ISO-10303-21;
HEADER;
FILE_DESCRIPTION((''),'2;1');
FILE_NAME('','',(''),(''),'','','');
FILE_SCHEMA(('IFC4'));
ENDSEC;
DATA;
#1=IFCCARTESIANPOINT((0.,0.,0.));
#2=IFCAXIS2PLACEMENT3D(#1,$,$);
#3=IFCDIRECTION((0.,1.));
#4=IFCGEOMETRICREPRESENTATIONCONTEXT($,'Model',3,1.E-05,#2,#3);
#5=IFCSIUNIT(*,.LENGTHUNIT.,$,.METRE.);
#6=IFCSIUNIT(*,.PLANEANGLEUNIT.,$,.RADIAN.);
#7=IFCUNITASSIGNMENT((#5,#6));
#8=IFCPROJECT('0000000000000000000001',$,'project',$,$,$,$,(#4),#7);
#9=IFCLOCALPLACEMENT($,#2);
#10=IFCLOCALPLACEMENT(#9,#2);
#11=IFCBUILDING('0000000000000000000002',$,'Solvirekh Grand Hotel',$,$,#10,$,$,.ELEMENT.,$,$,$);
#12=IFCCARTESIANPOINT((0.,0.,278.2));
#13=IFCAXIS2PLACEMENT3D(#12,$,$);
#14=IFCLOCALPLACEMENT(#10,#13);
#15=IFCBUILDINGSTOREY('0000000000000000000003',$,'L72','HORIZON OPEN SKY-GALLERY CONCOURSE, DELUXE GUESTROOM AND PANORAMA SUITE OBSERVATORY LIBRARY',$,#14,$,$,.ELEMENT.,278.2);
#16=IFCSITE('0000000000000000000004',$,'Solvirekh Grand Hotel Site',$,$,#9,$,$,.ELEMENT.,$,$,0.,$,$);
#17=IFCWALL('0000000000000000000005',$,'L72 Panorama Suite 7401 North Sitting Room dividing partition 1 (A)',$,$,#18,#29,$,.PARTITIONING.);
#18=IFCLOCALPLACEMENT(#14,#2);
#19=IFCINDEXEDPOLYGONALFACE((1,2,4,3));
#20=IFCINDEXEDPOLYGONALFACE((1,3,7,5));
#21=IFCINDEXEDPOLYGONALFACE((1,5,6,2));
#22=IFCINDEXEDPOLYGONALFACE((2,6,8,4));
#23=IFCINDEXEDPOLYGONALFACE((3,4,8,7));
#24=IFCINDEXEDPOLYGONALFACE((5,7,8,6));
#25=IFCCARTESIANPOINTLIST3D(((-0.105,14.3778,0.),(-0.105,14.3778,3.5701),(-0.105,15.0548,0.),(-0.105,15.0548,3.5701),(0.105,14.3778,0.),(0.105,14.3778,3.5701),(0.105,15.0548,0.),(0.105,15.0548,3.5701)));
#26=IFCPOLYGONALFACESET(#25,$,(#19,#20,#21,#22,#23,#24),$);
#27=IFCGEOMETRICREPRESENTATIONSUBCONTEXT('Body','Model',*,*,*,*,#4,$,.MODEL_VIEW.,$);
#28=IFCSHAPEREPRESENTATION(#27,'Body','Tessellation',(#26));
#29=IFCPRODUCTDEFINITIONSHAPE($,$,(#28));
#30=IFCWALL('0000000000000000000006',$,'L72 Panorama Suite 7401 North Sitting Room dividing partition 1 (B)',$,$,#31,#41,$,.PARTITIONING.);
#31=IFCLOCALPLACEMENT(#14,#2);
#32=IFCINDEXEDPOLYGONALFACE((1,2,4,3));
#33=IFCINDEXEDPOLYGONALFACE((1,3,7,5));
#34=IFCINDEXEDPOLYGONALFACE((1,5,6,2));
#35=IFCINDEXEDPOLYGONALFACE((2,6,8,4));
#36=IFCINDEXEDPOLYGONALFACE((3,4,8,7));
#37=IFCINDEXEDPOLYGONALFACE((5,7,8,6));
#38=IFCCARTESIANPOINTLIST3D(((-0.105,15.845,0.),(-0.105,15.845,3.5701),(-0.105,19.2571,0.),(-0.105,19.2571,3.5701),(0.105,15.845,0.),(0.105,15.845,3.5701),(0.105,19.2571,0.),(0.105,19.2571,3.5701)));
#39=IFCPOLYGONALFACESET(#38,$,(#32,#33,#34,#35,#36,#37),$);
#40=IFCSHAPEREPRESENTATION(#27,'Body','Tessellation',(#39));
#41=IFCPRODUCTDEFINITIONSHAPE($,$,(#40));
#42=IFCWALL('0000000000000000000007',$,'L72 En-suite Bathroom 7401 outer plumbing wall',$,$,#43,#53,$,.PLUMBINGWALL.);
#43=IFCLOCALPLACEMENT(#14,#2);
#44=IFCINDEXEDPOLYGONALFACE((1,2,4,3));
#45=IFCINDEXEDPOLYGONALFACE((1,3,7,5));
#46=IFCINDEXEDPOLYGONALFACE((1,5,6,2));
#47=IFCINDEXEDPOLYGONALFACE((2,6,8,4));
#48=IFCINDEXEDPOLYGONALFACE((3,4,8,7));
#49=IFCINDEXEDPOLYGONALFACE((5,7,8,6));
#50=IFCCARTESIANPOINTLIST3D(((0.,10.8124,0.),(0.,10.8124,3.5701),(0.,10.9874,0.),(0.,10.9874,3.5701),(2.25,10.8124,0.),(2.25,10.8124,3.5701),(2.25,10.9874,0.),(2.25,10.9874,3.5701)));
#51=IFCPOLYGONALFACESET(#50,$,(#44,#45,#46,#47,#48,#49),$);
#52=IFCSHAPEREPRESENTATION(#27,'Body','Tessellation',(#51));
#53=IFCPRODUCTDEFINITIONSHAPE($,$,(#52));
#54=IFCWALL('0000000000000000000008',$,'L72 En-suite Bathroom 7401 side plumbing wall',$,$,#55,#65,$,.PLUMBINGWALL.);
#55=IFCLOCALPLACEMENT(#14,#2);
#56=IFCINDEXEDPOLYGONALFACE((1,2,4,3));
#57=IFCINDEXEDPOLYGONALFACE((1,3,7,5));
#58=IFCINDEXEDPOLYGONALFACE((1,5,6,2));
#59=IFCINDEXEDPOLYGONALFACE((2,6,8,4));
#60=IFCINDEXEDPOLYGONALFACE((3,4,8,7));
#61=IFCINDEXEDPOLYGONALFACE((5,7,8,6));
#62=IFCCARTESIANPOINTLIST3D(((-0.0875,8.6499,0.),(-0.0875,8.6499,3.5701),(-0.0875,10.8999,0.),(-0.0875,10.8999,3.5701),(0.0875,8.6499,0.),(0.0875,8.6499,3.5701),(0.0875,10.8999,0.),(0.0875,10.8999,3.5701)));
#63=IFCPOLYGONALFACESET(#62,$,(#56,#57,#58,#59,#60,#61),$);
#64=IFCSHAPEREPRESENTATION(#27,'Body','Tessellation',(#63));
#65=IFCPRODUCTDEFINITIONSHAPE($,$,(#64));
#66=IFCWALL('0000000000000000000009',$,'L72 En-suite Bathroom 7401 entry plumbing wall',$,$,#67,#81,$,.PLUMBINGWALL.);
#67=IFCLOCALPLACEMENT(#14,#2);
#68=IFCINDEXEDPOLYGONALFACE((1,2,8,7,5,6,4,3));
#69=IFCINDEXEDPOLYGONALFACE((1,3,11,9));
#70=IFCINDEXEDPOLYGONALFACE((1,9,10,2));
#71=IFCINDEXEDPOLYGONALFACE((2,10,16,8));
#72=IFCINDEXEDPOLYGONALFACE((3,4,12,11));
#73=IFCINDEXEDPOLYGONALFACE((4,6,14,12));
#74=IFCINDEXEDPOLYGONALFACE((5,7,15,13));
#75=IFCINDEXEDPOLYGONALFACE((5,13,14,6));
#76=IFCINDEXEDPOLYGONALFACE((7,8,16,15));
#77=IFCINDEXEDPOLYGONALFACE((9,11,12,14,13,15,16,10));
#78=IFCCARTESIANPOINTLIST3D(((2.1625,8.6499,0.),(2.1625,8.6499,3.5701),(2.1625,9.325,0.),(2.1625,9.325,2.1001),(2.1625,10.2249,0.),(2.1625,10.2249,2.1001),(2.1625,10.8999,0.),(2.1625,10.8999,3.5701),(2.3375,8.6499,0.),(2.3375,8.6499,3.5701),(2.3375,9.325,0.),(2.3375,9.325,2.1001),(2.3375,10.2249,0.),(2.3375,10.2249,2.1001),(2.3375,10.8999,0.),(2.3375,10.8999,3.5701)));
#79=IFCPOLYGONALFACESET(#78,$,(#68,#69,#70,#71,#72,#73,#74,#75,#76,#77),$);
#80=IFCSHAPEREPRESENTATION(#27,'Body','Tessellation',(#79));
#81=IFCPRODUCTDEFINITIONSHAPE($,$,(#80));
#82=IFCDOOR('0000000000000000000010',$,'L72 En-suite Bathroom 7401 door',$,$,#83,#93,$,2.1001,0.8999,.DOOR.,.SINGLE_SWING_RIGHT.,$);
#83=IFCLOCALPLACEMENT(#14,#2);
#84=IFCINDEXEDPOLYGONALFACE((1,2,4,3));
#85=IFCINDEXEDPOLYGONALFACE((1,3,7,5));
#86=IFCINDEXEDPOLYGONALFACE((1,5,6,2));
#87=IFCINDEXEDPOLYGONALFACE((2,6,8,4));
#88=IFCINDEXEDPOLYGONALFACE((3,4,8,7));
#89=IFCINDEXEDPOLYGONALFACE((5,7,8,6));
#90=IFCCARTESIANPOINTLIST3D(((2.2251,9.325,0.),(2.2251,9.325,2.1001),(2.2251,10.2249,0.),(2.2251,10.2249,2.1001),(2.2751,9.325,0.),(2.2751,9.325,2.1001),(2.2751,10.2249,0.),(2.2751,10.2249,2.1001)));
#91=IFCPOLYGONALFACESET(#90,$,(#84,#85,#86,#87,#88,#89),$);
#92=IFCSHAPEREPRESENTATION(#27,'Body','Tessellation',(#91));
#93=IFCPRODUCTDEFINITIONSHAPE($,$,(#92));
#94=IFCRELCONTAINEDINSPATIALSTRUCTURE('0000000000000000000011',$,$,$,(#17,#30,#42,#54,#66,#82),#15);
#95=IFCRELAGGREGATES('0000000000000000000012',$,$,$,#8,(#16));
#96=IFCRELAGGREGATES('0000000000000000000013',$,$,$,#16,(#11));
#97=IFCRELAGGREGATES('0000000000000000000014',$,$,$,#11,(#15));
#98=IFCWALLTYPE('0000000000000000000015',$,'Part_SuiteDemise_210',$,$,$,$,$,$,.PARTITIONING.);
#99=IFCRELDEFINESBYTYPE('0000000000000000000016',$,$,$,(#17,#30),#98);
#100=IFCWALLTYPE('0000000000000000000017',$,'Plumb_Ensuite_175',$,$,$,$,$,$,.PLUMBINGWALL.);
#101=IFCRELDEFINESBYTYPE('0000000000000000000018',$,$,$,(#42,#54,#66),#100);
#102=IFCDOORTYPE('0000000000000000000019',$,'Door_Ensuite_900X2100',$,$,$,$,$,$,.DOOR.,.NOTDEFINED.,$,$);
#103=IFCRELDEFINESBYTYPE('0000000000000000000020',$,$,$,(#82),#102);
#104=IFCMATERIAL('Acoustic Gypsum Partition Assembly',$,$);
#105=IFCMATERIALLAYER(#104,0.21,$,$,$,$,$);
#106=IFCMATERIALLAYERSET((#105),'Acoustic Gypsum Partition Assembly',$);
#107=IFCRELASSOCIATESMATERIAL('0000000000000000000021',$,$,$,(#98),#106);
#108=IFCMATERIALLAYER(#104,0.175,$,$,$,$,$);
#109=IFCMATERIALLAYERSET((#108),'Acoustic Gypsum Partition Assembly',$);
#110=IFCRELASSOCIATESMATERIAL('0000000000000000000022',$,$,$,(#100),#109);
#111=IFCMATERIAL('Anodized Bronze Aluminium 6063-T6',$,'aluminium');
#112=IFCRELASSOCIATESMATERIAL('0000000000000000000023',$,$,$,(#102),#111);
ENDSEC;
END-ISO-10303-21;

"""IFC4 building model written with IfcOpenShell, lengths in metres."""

from ifc_helpers import new_model, si_unit, direction, frame, frame_2d, origin, place, context, subcontext, project, spatial, rectangle, extrude, material, layer, layer_set, type_object, element, fill, save


model = new_model("IFC4")

# Units and contexts
model_context = context("Model", 3, precision=1e-05, world=origin(), true_north=direction((0.0, 1.0)))
body_context = subcontext(model_context, "Body", "Model", "MODEL_VIEW")
ifc_project = project(units=[si_unit("LENGTHUNIT", "METRE"), si_unit("PLANEANGLEUNIT", "RADIAN")], contexts=[model_context])

# Site, building, storey
site_placement = place(None, origin())
site = spatial("IfcSite", under=ifc_project, at=site_placement, Name="Solvirekh Grand Hotel Site", CompositionType="ELEMENT", RefElevation=0.0)
building_placement = place(site_placement, origin())
building = spatial("IfcBuilding", under=site, at=building_placement, Name="Solvirekh Grand Hotel", CompositionType="ELEMENT")
storey_placement = place(building_placement, frame((0.0, 0.0, 278.2)))
storey = spatial("IfcBuildingStorey", under=building, at=storey_placement, Name="L72", Description="HORIZON OPEN SKY-GALLERY CONCOURSE, DELUXE GUESTROOM AND PANORAMA SUITE OBSERVATORY LIBRARY", CompositionType="ELEMENT", Elevation=278.2)

# Shared definitions
ifc_material_1 = material(Name="Acoustic Gypsum Partition Assembly")

# Shared definitions
ifc_material_2 = material(Name="Anodized Bronze Aluminium 6063-T6", Category="aluminium")

# Walls
ifc_layer_1 = layer(ifc_material_1, 0.21)
ifc_layer_set_1 = layer_set([ifc_layer_1], Name="Acoustic Gypsum Partition Assembly")
wall_type_1 = type_object("IfcWallType", Name="Part_SuiteDemise_210", PredefinedType="PARTITIONING", material=ifc_layer_set_1)
wall_1_placement = place(storey_placement, frame((0.0, 14.3779, 0.0), z_axis=(0.0, 0.0, 1.0), x_axis=(0.0, 1.0, 0.0)))
element("IfcWall", 1, at=wall_1_placement, inside=storey, type_object=wall_type_1, Name="L72 Panorama Suite 7401 North Sitting Room dividing partition 1 (A)", PredefinedType="PARTITIONING", context=body_context, shape_type="SweptSolid", body=[
    extrude(rectangle(XDim=0.677, YDim=0.21, at=frame_2d((0.3384, 0.0))), origin(), (0.0, 0.0, 1.0), 3.5701),
])
wall_2_placement = place(storey_placement, frame((0.0, 15.845, 0.0), z_axis=(0.0, 0.0, 1.0), x_axis=(0.0, 1.0, 0.0)))
element("IfcWall", 2, at=wall_2_placement, inside=storey, type_object=wall_type_1, Name="L72 Panorama Suite 7401 North Sitting Room dividing partition 1 (B)", PredefinedType="PARTITIONING", context=body_context, shape_type="SweptSolid", body=[
    extrude(rectangle(XDim=3.4121, YDim=0.21, at=frame_2d((1.7061, 0.0))), origin(), (0.0, 0.0, 1.0), 3.5701),
])
ifc_layer_2 = layer(ifc_material_1, 0.175)
ifc_layer_set_2 = layer_set([ifc_layer_2], Name="Acoustic Gypsum Partition Assembly")
wall_type_2 = type_object("IfcWallType", Name="Plumb_Ensuite_175", PredefinedType="PLUMBINGWALL", material=ifc_layer_set_2)
for number, where, z_axis, x_axis, name in (
    (3, (0.0, 10.8999, 0.0), (0.0, 0.0, 1.0), (1.0, 0.0, 0.0), "L72 En-suite Bathroom 7401 outer plumbing wall"),
    (4, (0.0, 10.8999, 0.0), (0.0, 0.0, 1.0), (0.0, -1.0, 0.0), "L72 En-suite Bathroom 7401 side plumbing wall"),
):
    element("IfcWall", number, at=place(storey_placement, frame(where, z_axis=z_axis, x_axis=x_axis)), inside=storey, type_object=wall_type_2, Name=name, PredefinedType="PLUMBINGWALL", context=body_context, shape_type="SweptSolid", body=[
        extrude(rectangle(XDim=2.25, YDim=0.175, at=frame_2d((1.125, 0.0))), origin(), (0.0, 0.0, 1.0), 3.5701),
    ])

# Wall, opening, door
wall_3_placement = place(storey_placement, frame((2.25, 8.6499, 0.0), z_axis=(0.0, 0.0, 1.0), x_axis=(0.0, 1.0, 0.0)))
wall_3 = element("IfcWall", 5, at=wall_3_placement, inside=storey, type_object=wall_type_2, Name="L72 En-suite Bathroom 7401 entry plumbing wall", PredefinedType="PLUMBINGWALL", context=body_context, shape_type="SweptSolid", body=[
    extrude(rectangle(XDim=2.25, YDim=0.175, at=frame_2d((1.125, 0.0))), origin(), (0.0, 0.0, 1.0), 3.5701),
])
opening_1_placement = place(wall_3_placement, frame((0.675, 0.0, 0.0)))
opening_1 = element("IfcOpeningElement", 6, at=opening_1_placement, cuts=wall_3, PredefinedType="OPENING", context=body_context, shape_type="SweptSolid", body=[
    extrude(rectangle(XDim=0.8999, YDim=2.1001, at=frame_2d((0.45, 1.05))), frame((0.0, 0.0977, 0.0), z_axis=(0.0, -1.0, 0.0), x_axis=(1.0, 0.0, 0.0)), (0.0, 0.0, 1.0), 0.1951),
])
door_type_1 = type_object("IfcDoorType", Name="Door_Ensuite_900X2100", OperationType="NOTDEFINED", PredefinedType="DOOR", material=ifc_material_2)
door_1_placement = place(opening_1_placement, origin())
door_1 = element("IfcDoor", 7, at=door_1_placement, inside=storey, type_object=door_type_1, Name="L72 En-suite Bathroom 7401 door", OperationType="SINGLE_SWING_RIGHT", OverallHeight=2.1001, OverallWidth=0.8999, PredefinedType="DOOR", context=body_context, shape_type="SweptSolid", body=[
    extrude(rectangle(XDim=0.8999, YDim=2.1001, at=frame_2d((0.45, 1.05))), frame((0.0, 0.0249, 0.0), z_axis=(0.0, -1.0, 0.0), x_axis=(1.0, 0.0, 0.0)), (0.0, 0.0, 1.0), 0.05),
])
fill(opening_1, door_1)

save(model, "model.ifc")
